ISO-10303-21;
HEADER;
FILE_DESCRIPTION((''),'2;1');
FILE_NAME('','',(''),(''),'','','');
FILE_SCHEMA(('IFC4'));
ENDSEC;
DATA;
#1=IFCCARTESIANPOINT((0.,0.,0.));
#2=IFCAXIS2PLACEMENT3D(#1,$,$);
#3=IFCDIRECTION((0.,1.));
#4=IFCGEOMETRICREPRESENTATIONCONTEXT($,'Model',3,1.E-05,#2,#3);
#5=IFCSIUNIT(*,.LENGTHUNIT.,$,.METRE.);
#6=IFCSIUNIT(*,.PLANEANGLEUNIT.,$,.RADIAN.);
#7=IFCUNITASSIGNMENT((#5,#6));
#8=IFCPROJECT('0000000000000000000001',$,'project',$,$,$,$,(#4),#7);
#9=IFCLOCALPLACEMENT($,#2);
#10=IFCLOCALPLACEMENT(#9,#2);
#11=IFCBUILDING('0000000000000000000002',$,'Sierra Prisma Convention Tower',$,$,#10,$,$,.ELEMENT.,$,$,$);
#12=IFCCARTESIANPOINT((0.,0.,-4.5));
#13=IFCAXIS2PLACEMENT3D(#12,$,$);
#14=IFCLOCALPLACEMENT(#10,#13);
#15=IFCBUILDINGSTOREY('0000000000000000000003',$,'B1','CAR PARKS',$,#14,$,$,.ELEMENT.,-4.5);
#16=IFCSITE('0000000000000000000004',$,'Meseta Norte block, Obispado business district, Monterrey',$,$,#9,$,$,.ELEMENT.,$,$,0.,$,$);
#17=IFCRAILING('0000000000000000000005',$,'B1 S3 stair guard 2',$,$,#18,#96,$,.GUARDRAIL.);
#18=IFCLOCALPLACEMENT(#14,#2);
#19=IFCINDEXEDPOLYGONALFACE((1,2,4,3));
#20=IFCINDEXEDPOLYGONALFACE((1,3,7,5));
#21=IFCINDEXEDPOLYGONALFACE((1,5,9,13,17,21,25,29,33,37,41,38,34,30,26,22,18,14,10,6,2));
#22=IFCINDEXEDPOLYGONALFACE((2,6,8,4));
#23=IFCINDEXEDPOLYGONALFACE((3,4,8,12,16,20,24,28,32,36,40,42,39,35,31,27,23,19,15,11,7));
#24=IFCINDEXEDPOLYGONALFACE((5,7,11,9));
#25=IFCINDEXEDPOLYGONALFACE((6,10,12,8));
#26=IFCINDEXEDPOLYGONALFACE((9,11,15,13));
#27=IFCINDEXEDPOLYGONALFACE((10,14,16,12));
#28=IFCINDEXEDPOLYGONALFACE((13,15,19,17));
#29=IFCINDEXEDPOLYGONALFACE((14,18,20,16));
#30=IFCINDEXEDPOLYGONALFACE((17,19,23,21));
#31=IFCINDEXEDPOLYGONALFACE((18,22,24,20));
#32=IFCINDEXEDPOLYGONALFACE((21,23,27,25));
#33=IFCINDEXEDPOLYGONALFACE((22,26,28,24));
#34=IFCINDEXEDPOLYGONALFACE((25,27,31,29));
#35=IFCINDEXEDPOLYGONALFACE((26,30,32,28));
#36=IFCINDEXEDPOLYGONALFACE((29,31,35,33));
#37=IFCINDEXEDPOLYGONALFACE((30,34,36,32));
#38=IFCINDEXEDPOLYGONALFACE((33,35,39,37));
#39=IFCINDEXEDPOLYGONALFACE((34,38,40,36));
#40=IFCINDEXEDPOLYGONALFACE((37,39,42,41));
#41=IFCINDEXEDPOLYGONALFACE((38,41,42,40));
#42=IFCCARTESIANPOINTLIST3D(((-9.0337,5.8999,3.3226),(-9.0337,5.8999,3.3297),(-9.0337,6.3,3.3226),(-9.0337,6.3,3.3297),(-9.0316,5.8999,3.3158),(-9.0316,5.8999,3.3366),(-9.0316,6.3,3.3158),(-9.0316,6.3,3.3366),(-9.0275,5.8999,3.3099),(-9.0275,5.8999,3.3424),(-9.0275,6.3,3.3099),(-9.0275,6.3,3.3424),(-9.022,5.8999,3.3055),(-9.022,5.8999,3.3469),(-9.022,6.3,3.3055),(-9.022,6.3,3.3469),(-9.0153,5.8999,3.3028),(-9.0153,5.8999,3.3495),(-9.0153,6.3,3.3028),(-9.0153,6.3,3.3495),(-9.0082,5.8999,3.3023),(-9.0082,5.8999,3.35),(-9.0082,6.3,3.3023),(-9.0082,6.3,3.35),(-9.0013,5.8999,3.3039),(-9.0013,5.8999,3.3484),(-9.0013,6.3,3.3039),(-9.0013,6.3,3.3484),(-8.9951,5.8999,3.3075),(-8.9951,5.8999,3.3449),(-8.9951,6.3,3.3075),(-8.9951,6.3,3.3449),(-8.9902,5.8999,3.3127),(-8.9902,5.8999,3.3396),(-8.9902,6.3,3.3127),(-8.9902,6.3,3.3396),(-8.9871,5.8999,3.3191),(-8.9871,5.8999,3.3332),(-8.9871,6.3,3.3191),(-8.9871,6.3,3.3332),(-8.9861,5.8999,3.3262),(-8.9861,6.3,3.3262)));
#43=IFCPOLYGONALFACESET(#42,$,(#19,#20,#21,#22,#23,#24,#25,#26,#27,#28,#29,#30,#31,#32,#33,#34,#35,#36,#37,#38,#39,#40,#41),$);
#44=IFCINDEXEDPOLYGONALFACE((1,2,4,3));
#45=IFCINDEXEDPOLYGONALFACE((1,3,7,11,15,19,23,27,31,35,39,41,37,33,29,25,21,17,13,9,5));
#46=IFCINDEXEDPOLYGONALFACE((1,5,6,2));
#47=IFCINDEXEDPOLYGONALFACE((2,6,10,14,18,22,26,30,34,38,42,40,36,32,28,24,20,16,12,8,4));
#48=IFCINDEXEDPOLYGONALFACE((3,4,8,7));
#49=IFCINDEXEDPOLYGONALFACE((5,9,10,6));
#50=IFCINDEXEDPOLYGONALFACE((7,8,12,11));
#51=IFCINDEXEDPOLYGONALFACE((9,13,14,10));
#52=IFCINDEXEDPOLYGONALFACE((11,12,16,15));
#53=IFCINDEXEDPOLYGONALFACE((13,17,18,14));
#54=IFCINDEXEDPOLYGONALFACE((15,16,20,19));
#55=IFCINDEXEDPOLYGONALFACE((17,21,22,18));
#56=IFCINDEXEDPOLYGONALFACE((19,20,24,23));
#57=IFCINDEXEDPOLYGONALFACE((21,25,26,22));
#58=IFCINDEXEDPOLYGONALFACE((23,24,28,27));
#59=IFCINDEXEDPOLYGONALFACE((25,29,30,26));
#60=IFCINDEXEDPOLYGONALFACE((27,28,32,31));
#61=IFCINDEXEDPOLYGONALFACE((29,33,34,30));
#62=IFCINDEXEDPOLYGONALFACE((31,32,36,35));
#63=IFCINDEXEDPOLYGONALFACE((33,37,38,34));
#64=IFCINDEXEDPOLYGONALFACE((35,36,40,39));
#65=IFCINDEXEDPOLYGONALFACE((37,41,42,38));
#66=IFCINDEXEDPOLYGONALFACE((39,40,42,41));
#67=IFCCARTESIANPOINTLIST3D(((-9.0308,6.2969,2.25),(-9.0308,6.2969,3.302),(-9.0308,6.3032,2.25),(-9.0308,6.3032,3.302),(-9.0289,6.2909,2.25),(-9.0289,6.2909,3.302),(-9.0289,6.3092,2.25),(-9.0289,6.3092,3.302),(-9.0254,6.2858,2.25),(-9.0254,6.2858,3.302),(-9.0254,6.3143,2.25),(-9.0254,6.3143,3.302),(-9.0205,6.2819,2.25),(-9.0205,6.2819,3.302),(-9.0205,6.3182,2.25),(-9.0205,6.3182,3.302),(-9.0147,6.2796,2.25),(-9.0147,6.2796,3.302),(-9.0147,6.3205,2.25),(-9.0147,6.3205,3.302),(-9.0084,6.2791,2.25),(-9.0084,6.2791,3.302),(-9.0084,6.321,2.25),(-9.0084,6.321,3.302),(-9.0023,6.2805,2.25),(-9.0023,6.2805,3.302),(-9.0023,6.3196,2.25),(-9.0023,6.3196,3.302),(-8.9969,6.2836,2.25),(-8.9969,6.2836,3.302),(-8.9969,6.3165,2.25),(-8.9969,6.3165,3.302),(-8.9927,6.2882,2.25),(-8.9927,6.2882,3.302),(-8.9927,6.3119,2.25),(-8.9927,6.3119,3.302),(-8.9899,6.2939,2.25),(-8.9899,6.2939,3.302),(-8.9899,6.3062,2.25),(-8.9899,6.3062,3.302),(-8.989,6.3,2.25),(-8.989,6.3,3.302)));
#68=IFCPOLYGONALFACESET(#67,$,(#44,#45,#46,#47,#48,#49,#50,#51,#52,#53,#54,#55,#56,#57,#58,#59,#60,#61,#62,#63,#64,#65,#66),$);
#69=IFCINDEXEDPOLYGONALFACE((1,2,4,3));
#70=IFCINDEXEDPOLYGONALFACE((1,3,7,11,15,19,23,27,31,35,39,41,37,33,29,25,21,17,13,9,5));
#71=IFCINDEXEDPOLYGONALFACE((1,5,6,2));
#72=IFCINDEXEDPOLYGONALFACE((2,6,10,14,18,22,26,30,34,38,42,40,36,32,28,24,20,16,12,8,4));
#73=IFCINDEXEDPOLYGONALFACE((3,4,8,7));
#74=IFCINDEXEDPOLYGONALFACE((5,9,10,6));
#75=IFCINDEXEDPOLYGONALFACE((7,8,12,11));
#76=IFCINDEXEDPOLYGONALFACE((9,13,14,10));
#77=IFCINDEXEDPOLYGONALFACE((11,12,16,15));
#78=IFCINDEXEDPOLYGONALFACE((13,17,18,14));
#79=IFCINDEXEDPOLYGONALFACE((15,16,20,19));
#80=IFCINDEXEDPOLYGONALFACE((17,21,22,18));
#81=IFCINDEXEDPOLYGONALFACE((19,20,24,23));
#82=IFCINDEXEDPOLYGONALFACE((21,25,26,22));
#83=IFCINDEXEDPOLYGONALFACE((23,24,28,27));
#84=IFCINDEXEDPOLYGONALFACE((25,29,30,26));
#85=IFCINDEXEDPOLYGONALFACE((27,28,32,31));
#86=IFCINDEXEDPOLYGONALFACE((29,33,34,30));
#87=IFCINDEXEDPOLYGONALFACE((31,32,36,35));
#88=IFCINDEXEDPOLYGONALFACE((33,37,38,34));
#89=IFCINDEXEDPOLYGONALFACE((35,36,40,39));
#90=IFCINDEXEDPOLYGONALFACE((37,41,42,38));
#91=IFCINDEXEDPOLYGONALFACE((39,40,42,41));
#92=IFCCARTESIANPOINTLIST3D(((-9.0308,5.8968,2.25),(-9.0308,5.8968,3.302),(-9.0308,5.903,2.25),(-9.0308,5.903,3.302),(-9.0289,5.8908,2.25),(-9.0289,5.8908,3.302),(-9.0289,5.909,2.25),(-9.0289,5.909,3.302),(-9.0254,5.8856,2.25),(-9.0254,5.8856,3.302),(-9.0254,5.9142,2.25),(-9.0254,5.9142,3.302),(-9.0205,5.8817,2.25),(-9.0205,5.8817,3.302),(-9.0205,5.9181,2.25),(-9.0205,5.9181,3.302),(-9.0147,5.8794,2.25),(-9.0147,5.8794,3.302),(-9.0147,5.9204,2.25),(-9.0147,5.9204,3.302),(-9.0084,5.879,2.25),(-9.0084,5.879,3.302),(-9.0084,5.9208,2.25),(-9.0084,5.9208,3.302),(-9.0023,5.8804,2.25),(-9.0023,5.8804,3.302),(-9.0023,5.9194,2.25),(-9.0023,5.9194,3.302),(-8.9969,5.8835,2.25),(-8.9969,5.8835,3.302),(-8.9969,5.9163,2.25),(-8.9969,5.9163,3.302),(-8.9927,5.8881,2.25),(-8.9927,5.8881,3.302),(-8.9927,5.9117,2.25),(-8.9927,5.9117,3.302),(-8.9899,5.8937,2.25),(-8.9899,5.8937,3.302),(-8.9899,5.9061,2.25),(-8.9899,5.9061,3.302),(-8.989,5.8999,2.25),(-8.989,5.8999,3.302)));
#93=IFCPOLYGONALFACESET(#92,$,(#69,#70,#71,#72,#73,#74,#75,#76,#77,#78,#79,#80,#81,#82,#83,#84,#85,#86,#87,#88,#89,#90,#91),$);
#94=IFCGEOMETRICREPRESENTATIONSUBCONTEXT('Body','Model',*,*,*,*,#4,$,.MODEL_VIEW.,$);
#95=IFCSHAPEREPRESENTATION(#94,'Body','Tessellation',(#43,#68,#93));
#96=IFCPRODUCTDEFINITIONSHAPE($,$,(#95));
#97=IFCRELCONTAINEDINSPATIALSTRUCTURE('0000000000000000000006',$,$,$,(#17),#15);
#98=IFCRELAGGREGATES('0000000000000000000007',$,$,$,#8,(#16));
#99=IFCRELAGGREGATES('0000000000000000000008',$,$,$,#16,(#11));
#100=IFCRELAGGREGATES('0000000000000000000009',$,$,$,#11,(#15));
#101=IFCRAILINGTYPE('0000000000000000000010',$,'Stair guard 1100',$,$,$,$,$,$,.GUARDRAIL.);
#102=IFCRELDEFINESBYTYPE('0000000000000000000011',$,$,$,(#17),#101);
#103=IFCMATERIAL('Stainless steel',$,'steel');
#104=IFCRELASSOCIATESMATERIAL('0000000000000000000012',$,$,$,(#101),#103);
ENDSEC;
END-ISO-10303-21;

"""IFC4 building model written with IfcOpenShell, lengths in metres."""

from ifc_helpers import new_model, si_unit, direction, frame, origin, origin_2d, place, context, subcontext, project, spatial, circle, extrude, material, type_object, element, save


model = new_model("IFC4")

# Units and contexts
model_context = context("Model", 3, precision=1e-05, world=origin(), true_north=direction((0.0, 1.0)))
body_context = subcontext(model_context, "Body", "Model", "MODEL_VIEW")
ifc_project = project(units=[si_unit("LENGTHUNIT", "METRE"), si_unit("PLANEANGLEUNIT", "RADIAN")], contexts=[model_context])

# Site, building, storey
site_placement = place(None, origin())
site = spatial("IfcSite", under=ifc_project, at=site_placement, Name="Meseta Norte block, Obispado business district, Monterrey", CompositionType="ELEMENT", RefElevation=0.0)
building_placement = place(site_placement, origin())
building = spatial("IfcBuilding", under=site, at=building_placement, Name="Sierra Prisma Convention Tower", CompositionType="ELEMENT")
storey_placement = place(building_placement, frame((0.0, 0.0, -4.5)))
storey = spatial("IfcBuildingStorey", under=building, at=storey_placement, Name="B1", Description="CAR PARKS", CompositionType="ELEMENT", Elevation=-4.5)

# Railing
ifc_material_1 = material(Name="Stainless steel", Category="steel")
railing_type_1 = type_object("IfcRailingType", Name="Stair guard 1100", PredefinedType="GUARDRAIL", material=ifc_material_1)
railing_1_placement = place(storey_placement, frame((-9.01, 6.3, 2.25)))
element("IfcRailing", 1, at=railing_1_placement, inside=storey, type_object=railing_type_1, Name="B1 S3 stair guard 2", PredefinedType="GUARDRAIL", context=body_context, shape_type="SweptSolid", body=[
    extrude(circle(Radius=0.0239, at=origin_2d()), frame((0.0, 0.0, 1.0762), z_axis=(0.0, -1.0, 0.0), x_axis=(1.0, 0.0, 0.0)), (0.0, 0.0, 1.0), 0.4001),
    extrude(circle(Radius=0.021, at=origin_2d()), origin(), (0.0, 0.0, 1.0), 1.052),
    extrude(circle(Radius=0.021, at=origin_2d()), frame((0.0, -0.4001, 0.0)), (0.0, 0.0, 1.0), 1.052),
])

save(model, "model.ifc")
